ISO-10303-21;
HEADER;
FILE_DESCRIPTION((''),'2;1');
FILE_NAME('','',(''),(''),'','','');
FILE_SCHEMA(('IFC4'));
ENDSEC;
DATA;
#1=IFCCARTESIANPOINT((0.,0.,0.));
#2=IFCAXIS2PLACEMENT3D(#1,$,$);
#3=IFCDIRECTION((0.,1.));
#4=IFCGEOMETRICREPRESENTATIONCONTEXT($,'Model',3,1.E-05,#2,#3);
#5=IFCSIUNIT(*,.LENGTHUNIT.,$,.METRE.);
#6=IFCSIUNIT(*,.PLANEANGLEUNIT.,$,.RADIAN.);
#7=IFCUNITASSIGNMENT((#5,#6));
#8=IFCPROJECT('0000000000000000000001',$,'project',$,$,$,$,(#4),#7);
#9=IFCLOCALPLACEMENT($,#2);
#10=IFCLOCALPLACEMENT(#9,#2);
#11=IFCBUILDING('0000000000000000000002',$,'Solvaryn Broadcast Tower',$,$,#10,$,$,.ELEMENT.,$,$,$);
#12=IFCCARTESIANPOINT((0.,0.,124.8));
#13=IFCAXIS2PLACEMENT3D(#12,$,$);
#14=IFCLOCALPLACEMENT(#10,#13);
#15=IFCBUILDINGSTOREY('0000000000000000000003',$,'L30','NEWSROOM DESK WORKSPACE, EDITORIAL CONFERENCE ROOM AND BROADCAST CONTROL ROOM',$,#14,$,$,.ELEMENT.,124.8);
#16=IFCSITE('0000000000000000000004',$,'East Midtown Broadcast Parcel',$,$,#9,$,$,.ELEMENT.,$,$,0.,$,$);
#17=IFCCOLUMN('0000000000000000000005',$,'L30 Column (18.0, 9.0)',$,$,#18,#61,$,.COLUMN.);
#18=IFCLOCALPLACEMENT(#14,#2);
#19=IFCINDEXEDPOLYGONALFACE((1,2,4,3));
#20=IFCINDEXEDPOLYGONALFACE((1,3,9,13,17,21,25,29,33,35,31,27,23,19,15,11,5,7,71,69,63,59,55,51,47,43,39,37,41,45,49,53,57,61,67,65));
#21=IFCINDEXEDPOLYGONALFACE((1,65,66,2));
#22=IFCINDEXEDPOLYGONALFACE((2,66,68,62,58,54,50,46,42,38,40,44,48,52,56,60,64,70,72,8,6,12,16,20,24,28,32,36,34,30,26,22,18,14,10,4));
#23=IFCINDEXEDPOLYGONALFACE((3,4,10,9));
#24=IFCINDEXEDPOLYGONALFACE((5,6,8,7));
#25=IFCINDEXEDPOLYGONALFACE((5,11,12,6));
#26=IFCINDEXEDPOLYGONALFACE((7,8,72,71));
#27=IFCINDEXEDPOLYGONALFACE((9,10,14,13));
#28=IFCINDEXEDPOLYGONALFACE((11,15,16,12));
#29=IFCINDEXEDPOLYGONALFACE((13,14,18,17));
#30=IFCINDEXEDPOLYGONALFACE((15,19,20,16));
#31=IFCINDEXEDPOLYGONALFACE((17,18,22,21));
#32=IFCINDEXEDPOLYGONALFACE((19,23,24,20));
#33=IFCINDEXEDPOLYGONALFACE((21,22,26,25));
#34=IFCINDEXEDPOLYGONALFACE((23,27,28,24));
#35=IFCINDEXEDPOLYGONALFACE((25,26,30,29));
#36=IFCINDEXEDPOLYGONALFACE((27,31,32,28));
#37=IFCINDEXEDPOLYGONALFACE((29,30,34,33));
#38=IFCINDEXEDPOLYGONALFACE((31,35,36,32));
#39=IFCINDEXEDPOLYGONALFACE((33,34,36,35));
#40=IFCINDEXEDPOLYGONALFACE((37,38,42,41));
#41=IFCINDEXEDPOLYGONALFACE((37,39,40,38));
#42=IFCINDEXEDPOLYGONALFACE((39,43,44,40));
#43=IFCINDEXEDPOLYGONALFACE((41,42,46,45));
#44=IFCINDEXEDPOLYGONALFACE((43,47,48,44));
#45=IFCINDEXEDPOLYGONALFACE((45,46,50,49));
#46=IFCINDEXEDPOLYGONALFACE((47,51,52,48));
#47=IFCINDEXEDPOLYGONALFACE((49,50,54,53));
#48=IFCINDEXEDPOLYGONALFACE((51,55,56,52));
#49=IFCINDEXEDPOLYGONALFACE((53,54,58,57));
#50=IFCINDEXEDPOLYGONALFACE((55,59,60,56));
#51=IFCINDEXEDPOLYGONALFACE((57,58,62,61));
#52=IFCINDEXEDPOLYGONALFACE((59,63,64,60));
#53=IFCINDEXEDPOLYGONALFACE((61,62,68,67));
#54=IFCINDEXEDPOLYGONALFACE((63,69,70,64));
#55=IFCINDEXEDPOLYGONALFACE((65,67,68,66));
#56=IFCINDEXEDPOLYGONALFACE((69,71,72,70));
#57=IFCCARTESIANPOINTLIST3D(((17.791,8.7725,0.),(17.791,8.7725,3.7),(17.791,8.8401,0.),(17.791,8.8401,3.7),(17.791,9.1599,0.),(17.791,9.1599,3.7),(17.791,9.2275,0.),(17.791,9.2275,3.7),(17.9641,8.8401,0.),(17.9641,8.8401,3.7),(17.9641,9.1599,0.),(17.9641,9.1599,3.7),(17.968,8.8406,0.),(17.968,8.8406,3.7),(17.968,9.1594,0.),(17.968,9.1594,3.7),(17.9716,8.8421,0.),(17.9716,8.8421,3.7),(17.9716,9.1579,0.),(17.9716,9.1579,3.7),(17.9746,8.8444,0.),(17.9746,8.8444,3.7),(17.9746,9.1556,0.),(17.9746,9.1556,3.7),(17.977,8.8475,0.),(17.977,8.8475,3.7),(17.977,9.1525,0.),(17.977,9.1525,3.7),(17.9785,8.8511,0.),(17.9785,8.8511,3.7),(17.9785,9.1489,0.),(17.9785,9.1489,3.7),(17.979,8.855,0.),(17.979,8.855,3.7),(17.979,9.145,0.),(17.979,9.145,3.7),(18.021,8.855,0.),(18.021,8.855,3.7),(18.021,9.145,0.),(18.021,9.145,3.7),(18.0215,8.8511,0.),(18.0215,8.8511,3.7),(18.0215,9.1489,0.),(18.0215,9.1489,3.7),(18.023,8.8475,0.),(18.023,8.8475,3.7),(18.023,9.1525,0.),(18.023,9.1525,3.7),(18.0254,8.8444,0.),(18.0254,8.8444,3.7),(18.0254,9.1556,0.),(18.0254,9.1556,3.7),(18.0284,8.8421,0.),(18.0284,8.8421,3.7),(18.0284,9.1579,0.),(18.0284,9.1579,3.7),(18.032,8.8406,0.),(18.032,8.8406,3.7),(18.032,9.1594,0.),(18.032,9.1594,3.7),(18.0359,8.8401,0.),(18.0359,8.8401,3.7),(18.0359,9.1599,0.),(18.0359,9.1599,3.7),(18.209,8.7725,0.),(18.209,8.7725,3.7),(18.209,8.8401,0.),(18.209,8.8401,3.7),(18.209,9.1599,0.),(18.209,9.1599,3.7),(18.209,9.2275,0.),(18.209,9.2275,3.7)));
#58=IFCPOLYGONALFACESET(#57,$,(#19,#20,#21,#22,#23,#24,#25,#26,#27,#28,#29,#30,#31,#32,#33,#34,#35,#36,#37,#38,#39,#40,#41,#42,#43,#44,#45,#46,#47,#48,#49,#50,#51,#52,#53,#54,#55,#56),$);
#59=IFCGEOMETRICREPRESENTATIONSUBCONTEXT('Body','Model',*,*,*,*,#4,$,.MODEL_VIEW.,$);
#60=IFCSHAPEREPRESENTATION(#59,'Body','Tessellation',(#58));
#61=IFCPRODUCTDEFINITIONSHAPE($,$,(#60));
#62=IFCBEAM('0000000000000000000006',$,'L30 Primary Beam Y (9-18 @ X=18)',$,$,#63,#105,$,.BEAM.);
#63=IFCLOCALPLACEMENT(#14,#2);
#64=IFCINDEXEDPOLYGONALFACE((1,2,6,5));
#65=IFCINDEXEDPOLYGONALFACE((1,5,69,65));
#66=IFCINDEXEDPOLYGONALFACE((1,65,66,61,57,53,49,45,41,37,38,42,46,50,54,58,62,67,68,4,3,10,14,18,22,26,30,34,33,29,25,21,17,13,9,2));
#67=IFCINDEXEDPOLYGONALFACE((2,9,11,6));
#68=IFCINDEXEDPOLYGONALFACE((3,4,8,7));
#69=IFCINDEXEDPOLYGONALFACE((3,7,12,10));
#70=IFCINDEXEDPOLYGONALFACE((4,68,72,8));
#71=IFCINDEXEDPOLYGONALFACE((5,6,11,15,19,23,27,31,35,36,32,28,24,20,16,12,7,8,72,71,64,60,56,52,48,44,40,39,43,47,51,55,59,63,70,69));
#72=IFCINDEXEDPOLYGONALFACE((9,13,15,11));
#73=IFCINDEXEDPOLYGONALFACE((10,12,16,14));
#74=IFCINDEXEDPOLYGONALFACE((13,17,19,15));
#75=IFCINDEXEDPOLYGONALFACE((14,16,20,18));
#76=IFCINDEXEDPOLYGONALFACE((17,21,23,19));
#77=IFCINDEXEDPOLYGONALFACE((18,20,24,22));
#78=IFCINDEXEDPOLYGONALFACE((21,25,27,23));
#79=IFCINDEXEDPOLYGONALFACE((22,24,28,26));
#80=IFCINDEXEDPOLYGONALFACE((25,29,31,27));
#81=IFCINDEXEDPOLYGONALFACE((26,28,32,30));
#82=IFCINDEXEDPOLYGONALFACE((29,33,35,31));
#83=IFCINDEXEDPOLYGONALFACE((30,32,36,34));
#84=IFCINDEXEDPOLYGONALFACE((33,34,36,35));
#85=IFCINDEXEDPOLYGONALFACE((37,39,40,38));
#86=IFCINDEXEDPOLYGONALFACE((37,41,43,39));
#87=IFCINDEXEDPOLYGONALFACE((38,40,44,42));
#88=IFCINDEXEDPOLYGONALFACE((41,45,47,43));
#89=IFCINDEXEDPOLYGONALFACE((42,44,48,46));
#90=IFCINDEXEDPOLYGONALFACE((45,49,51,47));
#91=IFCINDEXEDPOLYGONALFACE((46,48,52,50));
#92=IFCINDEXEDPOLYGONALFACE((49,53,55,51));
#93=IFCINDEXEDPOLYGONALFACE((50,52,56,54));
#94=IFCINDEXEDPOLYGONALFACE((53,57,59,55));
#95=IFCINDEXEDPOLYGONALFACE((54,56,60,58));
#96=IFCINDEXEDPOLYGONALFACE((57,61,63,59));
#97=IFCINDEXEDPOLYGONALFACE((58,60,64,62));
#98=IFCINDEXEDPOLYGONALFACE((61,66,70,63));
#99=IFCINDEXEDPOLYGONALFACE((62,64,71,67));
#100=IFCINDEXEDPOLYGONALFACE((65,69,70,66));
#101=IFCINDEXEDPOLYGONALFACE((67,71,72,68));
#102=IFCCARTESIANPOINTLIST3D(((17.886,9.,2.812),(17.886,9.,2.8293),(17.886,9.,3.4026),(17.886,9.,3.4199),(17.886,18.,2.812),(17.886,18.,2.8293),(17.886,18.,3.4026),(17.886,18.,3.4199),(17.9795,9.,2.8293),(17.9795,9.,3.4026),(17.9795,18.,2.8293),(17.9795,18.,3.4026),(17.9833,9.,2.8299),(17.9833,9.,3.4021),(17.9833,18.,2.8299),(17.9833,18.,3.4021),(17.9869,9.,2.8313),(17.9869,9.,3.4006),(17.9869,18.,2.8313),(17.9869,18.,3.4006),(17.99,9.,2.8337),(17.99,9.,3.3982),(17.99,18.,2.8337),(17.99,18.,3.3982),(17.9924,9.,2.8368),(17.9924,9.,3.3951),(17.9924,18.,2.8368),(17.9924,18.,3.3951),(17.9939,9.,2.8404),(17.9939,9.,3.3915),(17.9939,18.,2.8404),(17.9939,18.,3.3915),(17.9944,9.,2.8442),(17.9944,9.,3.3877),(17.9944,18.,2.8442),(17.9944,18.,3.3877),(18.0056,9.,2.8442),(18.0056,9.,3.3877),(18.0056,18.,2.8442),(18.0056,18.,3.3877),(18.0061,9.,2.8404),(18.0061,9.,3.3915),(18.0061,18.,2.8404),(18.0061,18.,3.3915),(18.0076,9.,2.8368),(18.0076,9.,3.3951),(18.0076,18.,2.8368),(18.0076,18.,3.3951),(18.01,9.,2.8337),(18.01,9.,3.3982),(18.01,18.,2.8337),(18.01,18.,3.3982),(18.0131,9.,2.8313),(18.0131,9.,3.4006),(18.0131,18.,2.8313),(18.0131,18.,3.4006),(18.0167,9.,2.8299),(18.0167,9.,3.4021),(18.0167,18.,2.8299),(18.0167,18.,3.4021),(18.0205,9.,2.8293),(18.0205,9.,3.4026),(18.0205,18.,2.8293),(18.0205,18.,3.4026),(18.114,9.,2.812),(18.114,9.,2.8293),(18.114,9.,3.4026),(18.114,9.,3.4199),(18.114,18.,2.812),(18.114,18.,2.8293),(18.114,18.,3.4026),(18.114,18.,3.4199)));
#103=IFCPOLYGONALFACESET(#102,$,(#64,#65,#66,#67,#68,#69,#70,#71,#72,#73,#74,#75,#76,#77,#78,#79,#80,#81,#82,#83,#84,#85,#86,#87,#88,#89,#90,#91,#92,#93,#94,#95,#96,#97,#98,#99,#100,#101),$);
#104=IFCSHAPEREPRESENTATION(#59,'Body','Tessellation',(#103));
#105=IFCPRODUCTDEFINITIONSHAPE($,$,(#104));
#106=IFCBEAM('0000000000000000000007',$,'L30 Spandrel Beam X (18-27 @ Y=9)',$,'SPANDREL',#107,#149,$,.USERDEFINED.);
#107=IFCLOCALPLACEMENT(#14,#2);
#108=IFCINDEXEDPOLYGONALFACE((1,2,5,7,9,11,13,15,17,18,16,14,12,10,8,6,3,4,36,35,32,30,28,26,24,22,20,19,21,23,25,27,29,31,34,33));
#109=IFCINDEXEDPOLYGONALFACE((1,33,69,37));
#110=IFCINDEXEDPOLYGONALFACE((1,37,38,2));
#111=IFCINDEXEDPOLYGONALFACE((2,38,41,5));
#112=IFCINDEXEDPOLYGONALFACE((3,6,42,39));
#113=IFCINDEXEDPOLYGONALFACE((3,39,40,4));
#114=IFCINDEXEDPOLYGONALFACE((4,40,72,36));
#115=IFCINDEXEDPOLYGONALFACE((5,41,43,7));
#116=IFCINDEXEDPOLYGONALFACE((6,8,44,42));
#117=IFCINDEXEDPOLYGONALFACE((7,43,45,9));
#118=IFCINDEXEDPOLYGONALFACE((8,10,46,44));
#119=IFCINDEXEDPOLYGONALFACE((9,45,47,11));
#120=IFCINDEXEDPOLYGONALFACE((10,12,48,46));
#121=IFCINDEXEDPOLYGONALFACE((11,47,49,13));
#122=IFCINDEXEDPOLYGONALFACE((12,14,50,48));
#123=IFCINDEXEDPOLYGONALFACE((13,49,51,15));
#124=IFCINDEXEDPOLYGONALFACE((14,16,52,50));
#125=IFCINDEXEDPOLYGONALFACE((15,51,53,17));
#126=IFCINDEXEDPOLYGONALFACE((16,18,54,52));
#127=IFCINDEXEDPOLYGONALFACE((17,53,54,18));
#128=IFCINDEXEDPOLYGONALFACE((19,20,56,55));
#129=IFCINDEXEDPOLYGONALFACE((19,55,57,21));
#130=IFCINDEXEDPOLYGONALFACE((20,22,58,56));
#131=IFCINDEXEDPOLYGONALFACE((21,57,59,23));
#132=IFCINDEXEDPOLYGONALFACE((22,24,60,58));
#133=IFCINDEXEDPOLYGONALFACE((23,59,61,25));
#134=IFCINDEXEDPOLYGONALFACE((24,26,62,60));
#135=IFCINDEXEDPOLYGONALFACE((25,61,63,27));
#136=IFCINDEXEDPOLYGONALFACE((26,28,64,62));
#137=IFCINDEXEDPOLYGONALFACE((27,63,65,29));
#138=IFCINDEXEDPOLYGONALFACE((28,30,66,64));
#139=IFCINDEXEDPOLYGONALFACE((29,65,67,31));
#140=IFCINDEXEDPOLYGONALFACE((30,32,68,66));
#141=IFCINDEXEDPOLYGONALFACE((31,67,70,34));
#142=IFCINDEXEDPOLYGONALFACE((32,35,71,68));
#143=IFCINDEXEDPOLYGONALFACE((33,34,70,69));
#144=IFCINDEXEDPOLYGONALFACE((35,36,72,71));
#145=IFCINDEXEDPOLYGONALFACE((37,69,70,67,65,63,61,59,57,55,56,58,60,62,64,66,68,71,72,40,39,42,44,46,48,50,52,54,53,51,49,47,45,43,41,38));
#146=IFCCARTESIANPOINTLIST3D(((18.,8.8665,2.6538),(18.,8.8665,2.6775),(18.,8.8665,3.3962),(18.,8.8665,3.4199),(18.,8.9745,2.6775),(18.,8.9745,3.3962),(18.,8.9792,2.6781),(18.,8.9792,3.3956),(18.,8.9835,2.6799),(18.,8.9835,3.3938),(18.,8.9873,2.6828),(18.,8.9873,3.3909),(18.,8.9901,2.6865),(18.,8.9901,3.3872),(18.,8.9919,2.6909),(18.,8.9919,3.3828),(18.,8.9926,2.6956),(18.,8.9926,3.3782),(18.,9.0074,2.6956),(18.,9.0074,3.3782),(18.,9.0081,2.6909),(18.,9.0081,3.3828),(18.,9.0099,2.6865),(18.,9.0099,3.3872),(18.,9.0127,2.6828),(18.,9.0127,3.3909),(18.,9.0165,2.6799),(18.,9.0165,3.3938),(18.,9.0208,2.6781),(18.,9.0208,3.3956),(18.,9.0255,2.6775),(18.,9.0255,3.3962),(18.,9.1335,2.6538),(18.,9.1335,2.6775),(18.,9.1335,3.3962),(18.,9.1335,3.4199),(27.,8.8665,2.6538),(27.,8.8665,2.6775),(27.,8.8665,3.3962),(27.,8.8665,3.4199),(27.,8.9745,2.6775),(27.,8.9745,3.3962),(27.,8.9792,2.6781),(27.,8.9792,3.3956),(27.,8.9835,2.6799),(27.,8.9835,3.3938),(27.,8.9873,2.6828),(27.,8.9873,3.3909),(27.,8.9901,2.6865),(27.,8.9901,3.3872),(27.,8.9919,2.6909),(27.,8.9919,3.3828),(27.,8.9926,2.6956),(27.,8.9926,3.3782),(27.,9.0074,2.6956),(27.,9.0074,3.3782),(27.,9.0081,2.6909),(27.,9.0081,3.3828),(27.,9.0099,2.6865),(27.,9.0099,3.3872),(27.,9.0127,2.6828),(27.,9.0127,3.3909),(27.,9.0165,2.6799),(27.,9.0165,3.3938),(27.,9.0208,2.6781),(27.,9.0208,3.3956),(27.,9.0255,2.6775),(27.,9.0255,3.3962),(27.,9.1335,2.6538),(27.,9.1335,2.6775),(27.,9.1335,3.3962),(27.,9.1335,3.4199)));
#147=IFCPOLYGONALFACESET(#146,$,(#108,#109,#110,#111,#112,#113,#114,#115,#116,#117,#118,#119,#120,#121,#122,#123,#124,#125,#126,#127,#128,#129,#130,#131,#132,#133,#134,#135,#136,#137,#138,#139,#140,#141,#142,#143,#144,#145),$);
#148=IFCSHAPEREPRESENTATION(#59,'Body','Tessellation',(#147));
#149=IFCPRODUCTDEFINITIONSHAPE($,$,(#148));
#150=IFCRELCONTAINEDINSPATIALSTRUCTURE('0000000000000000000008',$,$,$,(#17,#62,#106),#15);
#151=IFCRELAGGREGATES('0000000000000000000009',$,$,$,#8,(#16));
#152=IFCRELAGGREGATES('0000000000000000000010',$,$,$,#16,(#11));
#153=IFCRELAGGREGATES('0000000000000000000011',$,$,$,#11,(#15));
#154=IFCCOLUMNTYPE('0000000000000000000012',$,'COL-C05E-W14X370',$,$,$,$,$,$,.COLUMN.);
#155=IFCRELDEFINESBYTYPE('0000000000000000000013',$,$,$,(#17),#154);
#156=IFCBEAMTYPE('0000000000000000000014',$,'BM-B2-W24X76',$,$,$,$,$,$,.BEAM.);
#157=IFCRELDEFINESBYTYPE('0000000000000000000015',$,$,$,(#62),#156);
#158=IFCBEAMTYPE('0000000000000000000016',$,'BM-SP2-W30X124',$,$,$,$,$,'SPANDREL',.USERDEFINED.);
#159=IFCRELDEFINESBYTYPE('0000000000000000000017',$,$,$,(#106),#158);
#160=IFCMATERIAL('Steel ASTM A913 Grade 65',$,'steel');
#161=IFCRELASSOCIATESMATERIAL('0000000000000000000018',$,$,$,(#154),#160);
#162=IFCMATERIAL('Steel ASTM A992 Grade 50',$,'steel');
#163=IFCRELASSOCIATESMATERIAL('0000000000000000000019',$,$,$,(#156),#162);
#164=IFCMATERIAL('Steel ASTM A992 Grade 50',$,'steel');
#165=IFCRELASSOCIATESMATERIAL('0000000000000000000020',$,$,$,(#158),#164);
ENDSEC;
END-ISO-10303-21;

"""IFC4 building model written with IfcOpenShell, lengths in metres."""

from ifc_helpers import new_model, si_unit, direction, frame, origin, origin_2d, place, context, subcontext, project, spatial, i_section, extrude, material, material_profile, profile_set, type_object, element, save


model = new_model("IFC4")

# Units and contexts
model_context = context("Model", 3, precision=1e-05, world=origin(), true_north=direction((0.0, 1.0)))
body_context = subcontext(model_context, "Body", "Model", "MODEL_VIEW")
ifc_project = project(units=[si_unit("LENGTHUNIT", "METRE"), si_unit("PLANEANGLEUNIT", "RADIAN")], contexts=[model_context])

# Site, building, storey
site_placement = place(None, origin())
site = spatial("IfcSite", under=ifc_project, at=site_placement, Name="East Midtown Broadcast Parcel", CompositionType="ELEMENT", RefElevation=0.0)
building_placement = place(site_placement, origin())
building = spatial("IfcBuilding", under=site, at=building_placement, Name="Solvaryn Broadcast Tower", CompositionType="ELEMENT")
storey_placement = place(building_placement, frame((0.0, 0.0, 124.8)))
storey = spatial("IfcBuildingStorey", under=building, at=storey_placement, Name="L30", Description="NEWSROOM DESK WORKSPACE, EDITORIAL CONFERENCE ROOM AND BROADCAST CONTROL ROOM", CompositionType="ELEMENT", Elevation=124.8)

# Column
ifc_material_1 = material(Name="Steel ASTM A913 Grade 65", Category="steel")
ifc_material_profile_1 = material_profile(ifc_material_1, i_section(OverallWidth=0.418, OverallDepth=0.4551, WebThickness=0.042, FlangeThickness=0.0676, FilletRadius=0.0149, at=origin_2d()))
ifc_profile_set_1 = profile_set([ifc_material_profile_1], Name="Steel ASTM A913 Grade 65")
column_type = type_object("IfcColumnType", Name="COL-C05E-W14X370", PredefinedType="COLUMN", material=ifc_profile_set_1)
column_placement = place(storey_placement, frame((18.0, 9.0, 0.0), z_axis=(0.0, 0.0, 1.0), x_axis=(1.0, 0.0, 0.0)))
element("IfcColumn", 1, at=column_placement, inside=storey, type_object=column_type, Name="L30 Column (18.0, 9.0)", PredefinedType="COLUMN", context=body_context, shape_type="SweptSolid", body=[
    extrude(i_section(OverallWidth=0.418, OverallDepth=0.4551, WebThickness=0.042, FlangeThickness=0.0676, FilletRadius=0.0149, at=origin_2d()), origin(), (0.0, 0.0, 1.0), 3.7),
])

# Beams
ifc_material_2 = material(Name="Steel ASTM A992 Grade 50", Category="steel")
ifc_material_profile_2 = material_profile(ifc_material_2, i_section(OverallWidth=0.228, OverallDepth=0.6079, WebThickness=0.0112, FlangeThickness=0.0173, FilletRadius=0.0149, at=origin_2d()))
ifc_profile_set_2 = profile_set([ifc_material_profile_2], Name="Steel ASTM A992 Grade 50")
beam_type_1 = type_object("IfcBeamType", Name="BM-B2-W24X76", PredefinedType="BEAM", material=ifc_profile_set_2)
beam_1_placement = place(storey_placement, frame((18.0, 9.0, 3.116), z_axis=(0.0, 1.0, 0.0), x_axis=(-1.0, 0.0, 0.0)))
element("IfcBeam", 2, at=beam_1_placement, inside=storey, type_object=beam_type_1, Name="L30 Primary Beam Y (9-18 @ X=18)", PredefinedType="BEAM", context=body_context, shape_type="SweptSolid", body=[
    extrude(i_section(OverallWidth=0.228, OverallDepth=0.6079, WebThickness=0.0112, FlangeThickness=0.0173, FilletRadius=0.0149, at=origin_2d()), origin(), (0.0, 0.0, 1.0), 9.0),
])
ifc_material_3 = material(Name="Steel ASTM A992 Grade 50", Category="steel")
ifc_material_profile_3 = material_profile(ifc_material_3, i_section(OverallWidth=0.2671, OverallDepth=0.7661, WebThickness=0.0149, FlangeThickness=0.0237, FilletRadius=0.0181, at=origin_2d()))
ifc_profile_set_3 = profile_set([ifc_material_profile_3], Name="Steel ASTM A992 Grade 50")
beam_type_2 = type_object("IfcBeamType", Name="BM-SP2-W30X124", ElementType="SPANDREL", PredefinedType="USERDEFINED", material=ifc_profile_set_3)
beam_2_placement = place(storey_placement, frame((18.0, 9.0, 3.0369), z_axis=(1.0, 0.0, 0.0), x_axis=(0.0, 1.0, 0.0)))
element("IfcBeam", 3, at=beam_2_placement, inside=storey, type_object=beam_type_2, Name="L30 Spandrel Beam X (18-27 @ Y=9)", ObjectType="SPANDREL", PredefinedType="USERDEFINED", context=body_context, shape_type="SweptSolid", body=[
    extrude(i_section(OverallWidth=0.2671, OverallDepth=0.7661, WebThickness=0.0149, FlangeThickness=0.0237, FilletRadius=0.0181, at=origin_2d()), origin(), (0.0, 0.0, 1.0), 9.0),
])

save(model, "model.ifc")
